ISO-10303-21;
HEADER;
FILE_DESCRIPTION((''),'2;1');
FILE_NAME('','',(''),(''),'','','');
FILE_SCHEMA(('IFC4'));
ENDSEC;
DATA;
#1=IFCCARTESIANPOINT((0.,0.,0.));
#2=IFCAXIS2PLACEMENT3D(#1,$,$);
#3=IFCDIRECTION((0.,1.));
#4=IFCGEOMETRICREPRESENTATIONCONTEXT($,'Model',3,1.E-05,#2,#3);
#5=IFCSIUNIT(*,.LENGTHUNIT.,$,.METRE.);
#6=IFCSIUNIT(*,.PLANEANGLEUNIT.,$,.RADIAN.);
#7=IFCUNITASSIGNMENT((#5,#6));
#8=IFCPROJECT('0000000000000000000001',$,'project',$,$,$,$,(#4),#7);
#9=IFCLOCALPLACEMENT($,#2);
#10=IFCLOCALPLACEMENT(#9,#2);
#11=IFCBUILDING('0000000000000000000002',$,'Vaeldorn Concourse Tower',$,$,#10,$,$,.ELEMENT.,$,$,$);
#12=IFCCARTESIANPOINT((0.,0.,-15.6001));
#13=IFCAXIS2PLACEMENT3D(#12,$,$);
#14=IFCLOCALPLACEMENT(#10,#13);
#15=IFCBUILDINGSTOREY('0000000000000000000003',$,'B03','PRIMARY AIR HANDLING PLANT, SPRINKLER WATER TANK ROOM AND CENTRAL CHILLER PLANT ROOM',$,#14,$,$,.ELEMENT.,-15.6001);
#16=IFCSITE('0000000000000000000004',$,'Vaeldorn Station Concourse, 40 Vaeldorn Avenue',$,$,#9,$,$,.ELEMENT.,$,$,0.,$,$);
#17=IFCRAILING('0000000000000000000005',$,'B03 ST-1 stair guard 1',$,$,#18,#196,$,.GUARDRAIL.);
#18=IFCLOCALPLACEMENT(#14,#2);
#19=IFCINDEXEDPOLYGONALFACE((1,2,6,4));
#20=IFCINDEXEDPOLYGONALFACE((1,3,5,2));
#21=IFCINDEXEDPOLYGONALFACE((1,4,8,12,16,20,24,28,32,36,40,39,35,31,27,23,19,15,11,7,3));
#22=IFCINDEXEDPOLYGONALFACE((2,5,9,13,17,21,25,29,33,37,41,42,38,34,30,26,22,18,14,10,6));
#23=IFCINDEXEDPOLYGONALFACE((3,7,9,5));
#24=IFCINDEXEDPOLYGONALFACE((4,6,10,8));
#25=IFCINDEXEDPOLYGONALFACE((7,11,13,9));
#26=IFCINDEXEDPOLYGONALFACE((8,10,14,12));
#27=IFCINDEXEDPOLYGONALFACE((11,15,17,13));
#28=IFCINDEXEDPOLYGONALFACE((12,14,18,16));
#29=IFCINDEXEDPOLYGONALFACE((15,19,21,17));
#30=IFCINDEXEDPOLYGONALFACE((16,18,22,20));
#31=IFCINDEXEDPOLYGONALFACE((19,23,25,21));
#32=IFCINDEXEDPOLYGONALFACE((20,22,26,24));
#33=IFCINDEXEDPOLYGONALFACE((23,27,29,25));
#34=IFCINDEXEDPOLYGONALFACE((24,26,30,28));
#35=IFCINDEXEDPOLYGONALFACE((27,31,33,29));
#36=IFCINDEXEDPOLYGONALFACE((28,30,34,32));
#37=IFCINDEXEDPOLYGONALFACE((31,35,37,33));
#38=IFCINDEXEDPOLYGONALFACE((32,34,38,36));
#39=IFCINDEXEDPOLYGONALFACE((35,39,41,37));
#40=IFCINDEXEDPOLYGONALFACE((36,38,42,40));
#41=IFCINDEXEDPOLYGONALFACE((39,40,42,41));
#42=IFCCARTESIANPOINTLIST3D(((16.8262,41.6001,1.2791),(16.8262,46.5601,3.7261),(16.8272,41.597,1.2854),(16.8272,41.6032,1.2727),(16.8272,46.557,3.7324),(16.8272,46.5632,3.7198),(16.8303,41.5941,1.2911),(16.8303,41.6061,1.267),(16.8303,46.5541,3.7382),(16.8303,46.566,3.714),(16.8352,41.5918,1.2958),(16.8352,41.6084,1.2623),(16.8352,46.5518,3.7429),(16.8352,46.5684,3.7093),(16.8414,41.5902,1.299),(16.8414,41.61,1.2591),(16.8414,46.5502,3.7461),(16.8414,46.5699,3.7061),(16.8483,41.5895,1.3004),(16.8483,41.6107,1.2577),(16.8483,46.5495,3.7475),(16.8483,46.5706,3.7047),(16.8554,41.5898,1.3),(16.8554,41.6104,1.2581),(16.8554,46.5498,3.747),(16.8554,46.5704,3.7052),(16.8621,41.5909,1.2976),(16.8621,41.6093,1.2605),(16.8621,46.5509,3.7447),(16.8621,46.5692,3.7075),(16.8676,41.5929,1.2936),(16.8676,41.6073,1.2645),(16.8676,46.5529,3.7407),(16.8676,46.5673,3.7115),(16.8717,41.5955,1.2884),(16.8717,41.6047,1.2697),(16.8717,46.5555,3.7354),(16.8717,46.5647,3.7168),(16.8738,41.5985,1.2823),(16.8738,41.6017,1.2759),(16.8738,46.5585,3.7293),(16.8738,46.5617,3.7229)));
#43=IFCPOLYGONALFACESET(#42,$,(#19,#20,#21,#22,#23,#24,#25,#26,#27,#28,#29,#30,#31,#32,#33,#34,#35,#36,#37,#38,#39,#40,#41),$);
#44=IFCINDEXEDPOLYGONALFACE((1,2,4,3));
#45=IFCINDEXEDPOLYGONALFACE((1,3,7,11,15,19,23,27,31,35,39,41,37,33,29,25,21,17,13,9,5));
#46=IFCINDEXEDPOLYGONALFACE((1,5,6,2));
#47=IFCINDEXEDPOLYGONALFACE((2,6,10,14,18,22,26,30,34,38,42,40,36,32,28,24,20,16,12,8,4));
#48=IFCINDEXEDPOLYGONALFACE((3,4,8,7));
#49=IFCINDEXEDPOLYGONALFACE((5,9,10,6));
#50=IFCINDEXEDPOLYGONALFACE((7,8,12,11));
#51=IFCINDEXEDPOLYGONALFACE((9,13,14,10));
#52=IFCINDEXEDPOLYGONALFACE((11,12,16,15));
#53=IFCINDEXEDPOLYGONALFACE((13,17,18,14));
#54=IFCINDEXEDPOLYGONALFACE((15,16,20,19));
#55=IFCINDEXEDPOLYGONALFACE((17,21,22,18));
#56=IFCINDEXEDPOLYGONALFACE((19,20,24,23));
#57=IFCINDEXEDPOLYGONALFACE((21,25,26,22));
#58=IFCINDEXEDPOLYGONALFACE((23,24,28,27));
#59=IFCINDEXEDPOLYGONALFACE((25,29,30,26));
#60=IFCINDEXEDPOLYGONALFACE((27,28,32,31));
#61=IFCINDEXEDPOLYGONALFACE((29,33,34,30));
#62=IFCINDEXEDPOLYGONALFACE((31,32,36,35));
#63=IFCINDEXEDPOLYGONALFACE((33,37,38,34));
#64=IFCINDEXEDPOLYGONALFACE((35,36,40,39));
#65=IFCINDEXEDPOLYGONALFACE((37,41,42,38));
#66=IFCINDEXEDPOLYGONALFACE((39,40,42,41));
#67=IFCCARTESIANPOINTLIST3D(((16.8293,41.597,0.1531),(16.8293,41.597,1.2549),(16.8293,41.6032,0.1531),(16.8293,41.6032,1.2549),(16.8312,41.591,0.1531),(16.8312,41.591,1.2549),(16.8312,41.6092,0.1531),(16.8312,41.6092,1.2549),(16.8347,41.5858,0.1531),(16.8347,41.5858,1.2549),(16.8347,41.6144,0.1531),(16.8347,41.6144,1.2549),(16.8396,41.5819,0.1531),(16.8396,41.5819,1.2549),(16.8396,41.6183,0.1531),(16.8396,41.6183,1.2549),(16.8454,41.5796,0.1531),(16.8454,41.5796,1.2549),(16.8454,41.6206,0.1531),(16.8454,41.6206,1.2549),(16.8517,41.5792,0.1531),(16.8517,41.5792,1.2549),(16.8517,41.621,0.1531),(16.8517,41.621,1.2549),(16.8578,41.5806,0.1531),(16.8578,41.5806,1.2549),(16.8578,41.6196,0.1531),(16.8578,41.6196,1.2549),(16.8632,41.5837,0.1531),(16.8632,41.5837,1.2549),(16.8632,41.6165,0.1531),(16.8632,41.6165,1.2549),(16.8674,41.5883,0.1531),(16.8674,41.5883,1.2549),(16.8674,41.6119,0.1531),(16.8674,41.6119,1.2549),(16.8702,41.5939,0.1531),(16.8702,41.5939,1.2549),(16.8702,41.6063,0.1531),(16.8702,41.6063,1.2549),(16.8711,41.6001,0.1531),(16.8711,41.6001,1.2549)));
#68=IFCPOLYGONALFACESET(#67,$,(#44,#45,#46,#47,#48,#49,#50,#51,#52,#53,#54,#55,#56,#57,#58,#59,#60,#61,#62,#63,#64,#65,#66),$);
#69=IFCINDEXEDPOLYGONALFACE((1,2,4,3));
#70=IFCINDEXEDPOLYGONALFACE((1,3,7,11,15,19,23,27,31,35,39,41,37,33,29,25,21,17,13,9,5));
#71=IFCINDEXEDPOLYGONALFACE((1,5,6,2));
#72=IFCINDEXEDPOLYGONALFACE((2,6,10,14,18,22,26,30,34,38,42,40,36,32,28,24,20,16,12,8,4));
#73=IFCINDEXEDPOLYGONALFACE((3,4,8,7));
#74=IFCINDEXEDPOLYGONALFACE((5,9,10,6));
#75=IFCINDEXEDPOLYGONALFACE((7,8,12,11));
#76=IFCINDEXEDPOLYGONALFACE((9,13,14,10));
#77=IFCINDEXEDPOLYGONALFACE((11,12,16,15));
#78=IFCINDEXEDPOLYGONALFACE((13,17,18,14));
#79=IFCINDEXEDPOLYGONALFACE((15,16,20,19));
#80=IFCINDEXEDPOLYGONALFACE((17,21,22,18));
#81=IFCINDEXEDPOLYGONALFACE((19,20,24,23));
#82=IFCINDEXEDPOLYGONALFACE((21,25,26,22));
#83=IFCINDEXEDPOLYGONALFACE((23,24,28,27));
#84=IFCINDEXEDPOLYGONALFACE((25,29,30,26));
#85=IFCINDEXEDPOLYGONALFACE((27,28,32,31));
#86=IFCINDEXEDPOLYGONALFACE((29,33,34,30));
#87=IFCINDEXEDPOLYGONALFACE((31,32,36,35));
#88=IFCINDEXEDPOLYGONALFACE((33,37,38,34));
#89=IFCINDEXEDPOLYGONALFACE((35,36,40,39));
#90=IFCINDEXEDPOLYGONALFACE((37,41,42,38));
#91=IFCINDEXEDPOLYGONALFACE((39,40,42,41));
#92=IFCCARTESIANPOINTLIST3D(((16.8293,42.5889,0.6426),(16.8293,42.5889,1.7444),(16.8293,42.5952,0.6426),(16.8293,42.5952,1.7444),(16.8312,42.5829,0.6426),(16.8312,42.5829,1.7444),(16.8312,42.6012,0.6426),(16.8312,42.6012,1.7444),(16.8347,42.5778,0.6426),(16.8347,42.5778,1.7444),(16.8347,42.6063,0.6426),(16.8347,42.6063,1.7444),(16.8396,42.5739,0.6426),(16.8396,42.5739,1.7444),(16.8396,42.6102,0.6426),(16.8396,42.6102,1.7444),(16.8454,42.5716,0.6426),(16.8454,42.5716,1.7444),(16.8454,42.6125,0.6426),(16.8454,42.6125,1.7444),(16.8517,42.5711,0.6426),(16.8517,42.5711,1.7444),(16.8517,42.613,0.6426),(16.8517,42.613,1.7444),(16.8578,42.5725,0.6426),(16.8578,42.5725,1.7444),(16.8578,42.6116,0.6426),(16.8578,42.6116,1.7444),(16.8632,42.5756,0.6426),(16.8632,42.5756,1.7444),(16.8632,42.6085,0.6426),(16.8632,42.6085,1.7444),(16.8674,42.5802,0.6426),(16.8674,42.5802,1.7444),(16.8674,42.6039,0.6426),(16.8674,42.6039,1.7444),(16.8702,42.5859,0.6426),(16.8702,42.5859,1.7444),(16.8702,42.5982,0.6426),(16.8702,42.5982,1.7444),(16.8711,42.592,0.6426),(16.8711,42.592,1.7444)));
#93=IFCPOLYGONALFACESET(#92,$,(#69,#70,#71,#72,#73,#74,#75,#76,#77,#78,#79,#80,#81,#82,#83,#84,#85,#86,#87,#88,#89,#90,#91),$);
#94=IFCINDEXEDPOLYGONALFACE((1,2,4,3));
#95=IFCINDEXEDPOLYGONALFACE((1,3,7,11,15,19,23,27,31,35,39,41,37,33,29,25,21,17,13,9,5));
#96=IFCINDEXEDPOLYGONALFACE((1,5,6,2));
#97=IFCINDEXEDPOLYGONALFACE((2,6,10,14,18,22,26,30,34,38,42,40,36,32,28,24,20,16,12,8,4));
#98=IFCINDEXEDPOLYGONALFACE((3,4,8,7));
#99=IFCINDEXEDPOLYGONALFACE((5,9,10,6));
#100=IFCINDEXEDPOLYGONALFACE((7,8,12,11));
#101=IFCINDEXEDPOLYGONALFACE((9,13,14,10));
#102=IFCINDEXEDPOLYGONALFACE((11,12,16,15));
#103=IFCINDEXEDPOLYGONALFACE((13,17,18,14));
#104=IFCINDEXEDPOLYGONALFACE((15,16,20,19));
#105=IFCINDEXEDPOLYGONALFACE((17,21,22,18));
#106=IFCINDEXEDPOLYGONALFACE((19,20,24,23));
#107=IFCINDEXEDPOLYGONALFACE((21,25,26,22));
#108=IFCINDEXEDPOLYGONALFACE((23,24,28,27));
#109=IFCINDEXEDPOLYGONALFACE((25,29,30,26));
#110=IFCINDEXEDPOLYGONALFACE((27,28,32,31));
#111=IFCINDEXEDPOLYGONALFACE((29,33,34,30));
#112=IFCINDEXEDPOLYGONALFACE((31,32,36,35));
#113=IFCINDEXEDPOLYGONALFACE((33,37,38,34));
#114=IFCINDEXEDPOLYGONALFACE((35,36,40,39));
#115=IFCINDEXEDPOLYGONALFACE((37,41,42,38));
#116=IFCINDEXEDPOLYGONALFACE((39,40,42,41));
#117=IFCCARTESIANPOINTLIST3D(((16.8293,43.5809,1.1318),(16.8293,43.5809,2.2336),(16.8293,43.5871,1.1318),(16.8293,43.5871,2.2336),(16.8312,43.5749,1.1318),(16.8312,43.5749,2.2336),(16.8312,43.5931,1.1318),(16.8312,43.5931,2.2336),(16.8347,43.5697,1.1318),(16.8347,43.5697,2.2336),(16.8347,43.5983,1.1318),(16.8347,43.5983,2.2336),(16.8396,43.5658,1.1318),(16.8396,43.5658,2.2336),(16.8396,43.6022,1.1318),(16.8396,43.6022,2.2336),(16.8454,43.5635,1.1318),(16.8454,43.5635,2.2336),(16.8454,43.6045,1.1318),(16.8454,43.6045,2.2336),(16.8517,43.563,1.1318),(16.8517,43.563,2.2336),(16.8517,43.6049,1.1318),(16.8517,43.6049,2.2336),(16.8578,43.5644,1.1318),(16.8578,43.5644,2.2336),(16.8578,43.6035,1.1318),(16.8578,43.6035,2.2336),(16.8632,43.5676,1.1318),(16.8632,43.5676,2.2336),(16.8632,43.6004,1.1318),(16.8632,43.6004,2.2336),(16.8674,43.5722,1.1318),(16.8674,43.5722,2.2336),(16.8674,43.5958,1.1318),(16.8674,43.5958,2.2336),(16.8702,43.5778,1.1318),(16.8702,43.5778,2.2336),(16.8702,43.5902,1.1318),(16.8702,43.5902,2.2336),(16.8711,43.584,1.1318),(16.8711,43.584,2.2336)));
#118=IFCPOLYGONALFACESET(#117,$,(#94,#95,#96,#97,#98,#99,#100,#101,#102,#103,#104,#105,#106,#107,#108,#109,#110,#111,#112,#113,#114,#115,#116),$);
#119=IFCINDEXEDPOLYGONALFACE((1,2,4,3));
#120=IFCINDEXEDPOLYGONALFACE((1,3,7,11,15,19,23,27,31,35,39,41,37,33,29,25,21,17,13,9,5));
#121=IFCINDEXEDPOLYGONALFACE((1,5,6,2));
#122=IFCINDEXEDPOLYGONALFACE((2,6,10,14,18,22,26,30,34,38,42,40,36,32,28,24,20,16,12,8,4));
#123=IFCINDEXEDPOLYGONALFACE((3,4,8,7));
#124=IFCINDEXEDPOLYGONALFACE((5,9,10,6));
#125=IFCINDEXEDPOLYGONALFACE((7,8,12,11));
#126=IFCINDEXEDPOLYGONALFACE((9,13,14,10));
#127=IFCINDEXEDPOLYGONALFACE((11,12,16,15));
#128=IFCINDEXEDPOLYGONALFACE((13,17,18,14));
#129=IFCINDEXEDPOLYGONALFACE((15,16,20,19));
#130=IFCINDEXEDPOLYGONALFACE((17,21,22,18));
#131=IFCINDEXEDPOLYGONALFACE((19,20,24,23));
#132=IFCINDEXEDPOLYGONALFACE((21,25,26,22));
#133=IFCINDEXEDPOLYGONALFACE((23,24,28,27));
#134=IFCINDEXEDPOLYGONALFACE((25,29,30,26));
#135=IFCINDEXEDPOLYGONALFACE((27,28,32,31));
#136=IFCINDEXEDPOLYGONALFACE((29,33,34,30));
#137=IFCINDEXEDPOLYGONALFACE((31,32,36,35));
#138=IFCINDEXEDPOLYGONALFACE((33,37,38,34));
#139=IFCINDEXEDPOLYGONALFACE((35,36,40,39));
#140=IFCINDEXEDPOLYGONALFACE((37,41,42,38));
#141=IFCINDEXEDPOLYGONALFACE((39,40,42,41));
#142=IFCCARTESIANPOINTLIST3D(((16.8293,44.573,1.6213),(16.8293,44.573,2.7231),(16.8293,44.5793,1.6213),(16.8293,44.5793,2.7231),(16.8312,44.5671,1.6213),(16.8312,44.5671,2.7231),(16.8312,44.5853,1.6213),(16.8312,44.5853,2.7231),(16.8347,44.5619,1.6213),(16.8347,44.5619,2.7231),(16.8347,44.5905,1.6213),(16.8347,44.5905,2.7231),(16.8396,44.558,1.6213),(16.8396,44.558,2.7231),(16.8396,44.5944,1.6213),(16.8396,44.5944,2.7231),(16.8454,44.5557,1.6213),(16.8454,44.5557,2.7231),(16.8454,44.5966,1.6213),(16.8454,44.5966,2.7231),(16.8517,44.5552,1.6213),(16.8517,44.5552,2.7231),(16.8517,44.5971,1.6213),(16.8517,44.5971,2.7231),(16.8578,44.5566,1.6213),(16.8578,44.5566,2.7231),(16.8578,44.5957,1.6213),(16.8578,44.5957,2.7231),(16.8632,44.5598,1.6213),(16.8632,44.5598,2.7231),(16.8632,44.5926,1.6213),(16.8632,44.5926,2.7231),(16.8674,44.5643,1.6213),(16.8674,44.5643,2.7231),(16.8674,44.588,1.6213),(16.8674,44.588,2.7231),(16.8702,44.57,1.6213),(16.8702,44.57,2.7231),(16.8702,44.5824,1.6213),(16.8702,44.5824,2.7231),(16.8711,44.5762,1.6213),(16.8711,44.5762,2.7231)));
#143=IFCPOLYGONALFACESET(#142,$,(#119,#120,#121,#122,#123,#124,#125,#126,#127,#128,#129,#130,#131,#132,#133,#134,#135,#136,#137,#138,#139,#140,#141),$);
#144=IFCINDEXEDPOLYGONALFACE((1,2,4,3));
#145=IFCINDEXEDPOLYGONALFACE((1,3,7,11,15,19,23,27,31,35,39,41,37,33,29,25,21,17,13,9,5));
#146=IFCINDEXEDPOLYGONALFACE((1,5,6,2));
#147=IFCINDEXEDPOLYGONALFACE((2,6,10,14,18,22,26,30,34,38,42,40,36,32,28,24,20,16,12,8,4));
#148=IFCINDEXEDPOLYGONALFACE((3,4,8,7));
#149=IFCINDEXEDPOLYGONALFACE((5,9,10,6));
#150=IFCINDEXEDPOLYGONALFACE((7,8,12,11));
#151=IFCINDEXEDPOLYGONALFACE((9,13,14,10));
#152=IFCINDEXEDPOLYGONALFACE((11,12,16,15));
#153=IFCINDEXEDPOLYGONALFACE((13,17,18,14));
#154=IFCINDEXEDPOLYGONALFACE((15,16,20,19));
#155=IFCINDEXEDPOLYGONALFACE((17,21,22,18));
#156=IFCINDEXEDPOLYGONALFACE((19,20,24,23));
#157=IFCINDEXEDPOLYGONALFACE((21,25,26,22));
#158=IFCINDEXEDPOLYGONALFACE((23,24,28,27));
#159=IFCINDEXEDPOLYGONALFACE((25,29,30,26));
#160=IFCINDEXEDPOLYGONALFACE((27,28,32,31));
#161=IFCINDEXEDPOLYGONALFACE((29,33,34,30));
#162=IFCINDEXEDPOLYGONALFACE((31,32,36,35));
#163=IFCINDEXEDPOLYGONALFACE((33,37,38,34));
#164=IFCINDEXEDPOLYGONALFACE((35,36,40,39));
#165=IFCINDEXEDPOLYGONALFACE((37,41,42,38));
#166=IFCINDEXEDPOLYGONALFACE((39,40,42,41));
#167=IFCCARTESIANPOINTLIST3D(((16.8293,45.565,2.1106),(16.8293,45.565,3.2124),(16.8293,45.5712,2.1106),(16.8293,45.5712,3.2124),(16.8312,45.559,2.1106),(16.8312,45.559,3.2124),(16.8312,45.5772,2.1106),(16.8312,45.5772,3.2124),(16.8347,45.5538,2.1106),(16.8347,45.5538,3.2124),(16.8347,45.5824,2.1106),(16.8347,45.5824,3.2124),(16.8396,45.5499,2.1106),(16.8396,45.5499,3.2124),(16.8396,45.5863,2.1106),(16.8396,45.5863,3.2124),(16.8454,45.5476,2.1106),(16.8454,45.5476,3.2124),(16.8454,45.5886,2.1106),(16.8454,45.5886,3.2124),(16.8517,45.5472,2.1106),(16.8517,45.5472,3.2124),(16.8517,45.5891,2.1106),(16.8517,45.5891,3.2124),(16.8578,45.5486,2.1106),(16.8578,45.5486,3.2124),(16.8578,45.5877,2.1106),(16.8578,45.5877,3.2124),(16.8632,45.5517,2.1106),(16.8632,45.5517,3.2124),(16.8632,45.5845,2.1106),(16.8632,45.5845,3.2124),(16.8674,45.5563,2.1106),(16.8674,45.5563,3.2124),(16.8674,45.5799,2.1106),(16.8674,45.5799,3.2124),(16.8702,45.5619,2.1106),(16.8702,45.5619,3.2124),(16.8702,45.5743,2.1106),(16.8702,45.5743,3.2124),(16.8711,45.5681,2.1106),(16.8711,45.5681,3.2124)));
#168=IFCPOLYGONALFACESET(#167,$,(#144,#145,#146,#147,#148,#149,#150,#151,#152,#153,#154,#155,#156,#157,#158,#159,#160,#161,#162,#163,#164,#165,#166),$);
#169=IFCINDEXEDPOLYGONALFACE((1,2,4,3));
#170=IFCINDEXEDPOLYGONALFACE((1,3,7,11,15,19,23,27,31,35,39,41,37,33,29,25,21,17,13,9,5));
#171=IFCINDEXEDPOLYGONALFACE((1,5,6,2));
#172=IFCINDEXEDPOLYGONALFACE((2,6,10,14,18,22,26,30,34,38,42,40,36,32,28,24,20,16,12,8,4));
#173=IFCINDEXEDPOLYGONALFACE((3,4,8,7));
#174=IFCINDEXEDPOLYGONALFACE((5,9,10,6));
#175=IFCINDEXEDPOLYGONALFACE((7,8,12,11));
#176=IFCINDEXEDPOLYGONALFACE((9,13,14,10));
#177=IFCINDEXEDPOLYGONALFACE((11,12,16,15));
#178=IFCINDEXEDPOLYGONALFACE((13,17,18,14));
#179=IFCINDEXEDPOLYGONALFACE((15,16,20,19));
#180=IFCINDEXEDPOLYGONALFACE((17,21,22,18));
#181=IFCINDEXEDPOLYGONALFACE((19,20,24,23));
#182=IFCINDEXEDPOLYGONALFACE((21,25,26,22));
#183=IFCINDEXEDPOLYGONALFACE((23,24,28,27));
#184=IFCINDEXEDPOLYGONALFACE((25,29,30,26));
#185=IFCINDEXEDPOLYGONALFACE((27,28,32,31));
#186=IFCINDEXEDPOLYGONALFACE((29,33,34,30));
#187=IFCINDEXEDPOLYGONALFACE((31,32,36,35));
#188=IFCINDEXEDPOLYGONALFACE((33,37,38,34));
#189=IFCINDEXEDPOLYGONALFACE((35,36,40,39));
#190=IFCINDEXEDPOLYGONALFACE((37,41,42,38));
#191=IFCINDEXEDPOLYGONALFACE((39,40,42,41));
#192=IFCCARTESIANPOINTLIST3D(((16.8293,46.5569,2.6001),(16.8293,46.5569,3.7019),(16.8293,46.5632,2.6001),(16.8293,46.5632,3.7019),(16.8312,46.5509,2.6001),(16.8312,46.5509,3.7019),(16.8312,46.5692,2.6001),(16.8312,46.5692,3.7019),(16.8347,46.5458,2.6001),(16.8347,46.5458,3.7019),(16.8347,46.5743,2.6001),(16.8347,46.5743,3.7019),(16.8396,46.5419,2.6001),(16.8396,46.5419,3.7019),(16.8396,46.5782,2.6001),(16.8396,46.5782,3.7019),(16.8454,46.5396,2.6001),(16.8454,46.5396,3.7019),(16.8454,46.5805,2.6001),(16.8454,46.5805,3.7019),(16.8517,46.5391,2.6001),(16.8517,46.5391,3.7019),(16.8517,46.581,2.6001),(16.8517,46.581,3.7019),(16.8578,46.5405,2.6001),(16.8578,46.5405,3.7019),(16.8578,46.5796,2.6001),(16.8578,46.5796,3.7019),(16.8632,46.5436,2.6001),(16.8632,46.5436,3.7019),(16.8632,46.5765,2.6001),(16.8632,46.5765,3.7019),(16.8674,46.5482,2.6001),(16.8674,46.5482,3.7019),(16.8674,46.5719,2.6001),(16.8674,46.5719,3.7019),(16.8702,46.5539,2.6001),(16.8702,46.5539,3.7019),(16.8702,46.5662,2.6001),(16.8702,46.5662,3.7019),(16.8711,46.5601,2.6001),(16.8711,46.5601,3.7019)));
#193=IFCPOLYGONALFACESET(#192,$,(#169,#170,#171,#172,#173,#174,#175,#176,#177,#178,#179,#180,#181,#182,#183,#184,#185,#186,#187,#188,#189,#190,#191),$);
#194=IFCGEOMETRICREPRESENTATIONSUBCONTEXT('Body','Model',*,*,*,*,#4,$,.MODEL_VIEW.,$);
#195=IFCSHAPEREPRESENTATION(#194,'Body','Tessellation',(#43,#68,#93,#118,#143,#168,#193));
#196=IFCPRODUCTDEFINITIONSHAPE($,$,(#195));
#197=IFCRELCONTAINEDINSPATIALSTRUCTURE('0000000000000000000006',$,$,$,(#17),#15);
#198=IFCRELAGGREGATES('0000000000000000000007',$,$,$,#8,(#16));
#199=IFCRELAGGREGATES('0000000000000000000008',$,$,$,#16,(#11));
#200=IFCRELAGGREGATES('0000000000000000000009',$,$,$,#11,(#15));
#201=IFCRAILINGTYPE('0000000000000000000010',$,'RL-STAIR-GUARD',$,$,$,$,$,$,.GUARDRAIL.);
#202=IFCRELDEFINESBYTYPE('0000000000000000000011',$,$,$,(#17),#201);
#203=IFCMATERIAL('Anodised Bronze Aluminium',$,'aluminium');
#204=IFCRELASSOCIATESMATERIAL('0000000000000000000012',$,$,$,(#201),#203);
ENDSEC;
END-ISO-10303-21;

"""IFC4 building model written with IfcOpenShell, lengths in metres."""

from ifc_helpers import new_model, si_unit, direction, frame, origin, origin_2d, place, context, subcontext, project, spatial, circle, extrude, material, type_object, element, save


model = new_model("IFC4")

# Units and contexts
model_context = context("Model", 3, precision=1e-05, world=origin(), true_north=direction((0.0, 1.0)))
body_context = subcontext(model_context, "Body", "Model", "MODEL_VIEW")
ifc_project = project(units=[si_unit("LENGTHUNIT", "METRE"), si_unit("PLANEANGLEUNIT", "RADIAN")], contexts=[model_context])

# Site, building, storey
site_placement = place(None, origin())
site = spatial("IfcSite", under=ifc_project, at=site_placement, Name="Vaeldorn Station Concourse, 40 Vaeldorn Avenue", CompositionType="ELEMENT", RefElevation=0.0)
building_placement = place(site_placement, origin())
building = spatial("IfcBuilding", under=site, at=building_placement, Name="Vaeldorn Concourse Tower", CompositionType="ELEMENT")
storey_placement = place(building_placement, frame((0.0, 0.0, -15.6001)))
storey = spatial("IfcBuildingStorey", under=building, at=storey_placement, Name="B03", Description="PRIMARY AIR HANDLING PLANT, SPRINKLER WATER TANK ROOM AND CENTRAL CHILLER PLANT ROOM", CompositionType="ELEMENT", Elevation=-15.6001)

# Shared definitions
ifc_material_1 = material(Name="Anodised Bronze Aluminium", Category="aluminium")

# Railing
railing_type_1 = type_object("IfcRailingType", Name="RL-STAIR-GUARD", PredefinedType="GUARDRAIL", material=ifc_material_1)
railing_1_placement = place(storey_placement, frame((16.8501, 41.6001, 0.1531)))
element("IfcRailing", 1, at=railing_1_placement, inside=storey, type_object=railing_type_1, Name="B03 ST-1 stair guard 1", PredefinedType="GUARDRAIL", context=body_context, shape_type="SweptSolid", body=[
    extrude(circle(Radius=0.0239, at=origin_2d()), frame((0.0, 0.0, 1.126), z_axis=(0.0, 0.896798, 0.44244), x_axis=(-1.0, 0.0, 0.0)), (0.0, 0.0, 1.0), 5.5308),
    extrude(circle(Radius=0.021, at=origin_2d()), origin(), (0.0, 0.0, 1.0), 1.1018),
    extrude(circle(Radius=0.021, at=origin_2d()), frame((0.0, 0.9919, 0.4895)), (0.0, 0.0, 1.0), 1.1018),
    extrude(circle(Radius=0.021, at=origin_2d()), frame((0.0, 1.9839, 0.9788)), (0.0, 0.0, 1.0), 1.1018),
    extrude(circle(Radius=0.021, at=origin_2d()), frame((0.0, 2.9761, 1.4683)), (0.0, 0.0, 1.0), 1.1018),
    extrude(circle(Radius=0.021, at=origin_2d()), frame((0.0, 3.968, 1.9575)), (0.0, 0.0, 1.0), 1.1018),
    extrude(circle(Radius=0.021, at=origin_2d()), frame((0.0, 4.96, 2.447)), (0.0, 0.0, 1.0), 1.1018),
])

save(model, "model.ifc")
